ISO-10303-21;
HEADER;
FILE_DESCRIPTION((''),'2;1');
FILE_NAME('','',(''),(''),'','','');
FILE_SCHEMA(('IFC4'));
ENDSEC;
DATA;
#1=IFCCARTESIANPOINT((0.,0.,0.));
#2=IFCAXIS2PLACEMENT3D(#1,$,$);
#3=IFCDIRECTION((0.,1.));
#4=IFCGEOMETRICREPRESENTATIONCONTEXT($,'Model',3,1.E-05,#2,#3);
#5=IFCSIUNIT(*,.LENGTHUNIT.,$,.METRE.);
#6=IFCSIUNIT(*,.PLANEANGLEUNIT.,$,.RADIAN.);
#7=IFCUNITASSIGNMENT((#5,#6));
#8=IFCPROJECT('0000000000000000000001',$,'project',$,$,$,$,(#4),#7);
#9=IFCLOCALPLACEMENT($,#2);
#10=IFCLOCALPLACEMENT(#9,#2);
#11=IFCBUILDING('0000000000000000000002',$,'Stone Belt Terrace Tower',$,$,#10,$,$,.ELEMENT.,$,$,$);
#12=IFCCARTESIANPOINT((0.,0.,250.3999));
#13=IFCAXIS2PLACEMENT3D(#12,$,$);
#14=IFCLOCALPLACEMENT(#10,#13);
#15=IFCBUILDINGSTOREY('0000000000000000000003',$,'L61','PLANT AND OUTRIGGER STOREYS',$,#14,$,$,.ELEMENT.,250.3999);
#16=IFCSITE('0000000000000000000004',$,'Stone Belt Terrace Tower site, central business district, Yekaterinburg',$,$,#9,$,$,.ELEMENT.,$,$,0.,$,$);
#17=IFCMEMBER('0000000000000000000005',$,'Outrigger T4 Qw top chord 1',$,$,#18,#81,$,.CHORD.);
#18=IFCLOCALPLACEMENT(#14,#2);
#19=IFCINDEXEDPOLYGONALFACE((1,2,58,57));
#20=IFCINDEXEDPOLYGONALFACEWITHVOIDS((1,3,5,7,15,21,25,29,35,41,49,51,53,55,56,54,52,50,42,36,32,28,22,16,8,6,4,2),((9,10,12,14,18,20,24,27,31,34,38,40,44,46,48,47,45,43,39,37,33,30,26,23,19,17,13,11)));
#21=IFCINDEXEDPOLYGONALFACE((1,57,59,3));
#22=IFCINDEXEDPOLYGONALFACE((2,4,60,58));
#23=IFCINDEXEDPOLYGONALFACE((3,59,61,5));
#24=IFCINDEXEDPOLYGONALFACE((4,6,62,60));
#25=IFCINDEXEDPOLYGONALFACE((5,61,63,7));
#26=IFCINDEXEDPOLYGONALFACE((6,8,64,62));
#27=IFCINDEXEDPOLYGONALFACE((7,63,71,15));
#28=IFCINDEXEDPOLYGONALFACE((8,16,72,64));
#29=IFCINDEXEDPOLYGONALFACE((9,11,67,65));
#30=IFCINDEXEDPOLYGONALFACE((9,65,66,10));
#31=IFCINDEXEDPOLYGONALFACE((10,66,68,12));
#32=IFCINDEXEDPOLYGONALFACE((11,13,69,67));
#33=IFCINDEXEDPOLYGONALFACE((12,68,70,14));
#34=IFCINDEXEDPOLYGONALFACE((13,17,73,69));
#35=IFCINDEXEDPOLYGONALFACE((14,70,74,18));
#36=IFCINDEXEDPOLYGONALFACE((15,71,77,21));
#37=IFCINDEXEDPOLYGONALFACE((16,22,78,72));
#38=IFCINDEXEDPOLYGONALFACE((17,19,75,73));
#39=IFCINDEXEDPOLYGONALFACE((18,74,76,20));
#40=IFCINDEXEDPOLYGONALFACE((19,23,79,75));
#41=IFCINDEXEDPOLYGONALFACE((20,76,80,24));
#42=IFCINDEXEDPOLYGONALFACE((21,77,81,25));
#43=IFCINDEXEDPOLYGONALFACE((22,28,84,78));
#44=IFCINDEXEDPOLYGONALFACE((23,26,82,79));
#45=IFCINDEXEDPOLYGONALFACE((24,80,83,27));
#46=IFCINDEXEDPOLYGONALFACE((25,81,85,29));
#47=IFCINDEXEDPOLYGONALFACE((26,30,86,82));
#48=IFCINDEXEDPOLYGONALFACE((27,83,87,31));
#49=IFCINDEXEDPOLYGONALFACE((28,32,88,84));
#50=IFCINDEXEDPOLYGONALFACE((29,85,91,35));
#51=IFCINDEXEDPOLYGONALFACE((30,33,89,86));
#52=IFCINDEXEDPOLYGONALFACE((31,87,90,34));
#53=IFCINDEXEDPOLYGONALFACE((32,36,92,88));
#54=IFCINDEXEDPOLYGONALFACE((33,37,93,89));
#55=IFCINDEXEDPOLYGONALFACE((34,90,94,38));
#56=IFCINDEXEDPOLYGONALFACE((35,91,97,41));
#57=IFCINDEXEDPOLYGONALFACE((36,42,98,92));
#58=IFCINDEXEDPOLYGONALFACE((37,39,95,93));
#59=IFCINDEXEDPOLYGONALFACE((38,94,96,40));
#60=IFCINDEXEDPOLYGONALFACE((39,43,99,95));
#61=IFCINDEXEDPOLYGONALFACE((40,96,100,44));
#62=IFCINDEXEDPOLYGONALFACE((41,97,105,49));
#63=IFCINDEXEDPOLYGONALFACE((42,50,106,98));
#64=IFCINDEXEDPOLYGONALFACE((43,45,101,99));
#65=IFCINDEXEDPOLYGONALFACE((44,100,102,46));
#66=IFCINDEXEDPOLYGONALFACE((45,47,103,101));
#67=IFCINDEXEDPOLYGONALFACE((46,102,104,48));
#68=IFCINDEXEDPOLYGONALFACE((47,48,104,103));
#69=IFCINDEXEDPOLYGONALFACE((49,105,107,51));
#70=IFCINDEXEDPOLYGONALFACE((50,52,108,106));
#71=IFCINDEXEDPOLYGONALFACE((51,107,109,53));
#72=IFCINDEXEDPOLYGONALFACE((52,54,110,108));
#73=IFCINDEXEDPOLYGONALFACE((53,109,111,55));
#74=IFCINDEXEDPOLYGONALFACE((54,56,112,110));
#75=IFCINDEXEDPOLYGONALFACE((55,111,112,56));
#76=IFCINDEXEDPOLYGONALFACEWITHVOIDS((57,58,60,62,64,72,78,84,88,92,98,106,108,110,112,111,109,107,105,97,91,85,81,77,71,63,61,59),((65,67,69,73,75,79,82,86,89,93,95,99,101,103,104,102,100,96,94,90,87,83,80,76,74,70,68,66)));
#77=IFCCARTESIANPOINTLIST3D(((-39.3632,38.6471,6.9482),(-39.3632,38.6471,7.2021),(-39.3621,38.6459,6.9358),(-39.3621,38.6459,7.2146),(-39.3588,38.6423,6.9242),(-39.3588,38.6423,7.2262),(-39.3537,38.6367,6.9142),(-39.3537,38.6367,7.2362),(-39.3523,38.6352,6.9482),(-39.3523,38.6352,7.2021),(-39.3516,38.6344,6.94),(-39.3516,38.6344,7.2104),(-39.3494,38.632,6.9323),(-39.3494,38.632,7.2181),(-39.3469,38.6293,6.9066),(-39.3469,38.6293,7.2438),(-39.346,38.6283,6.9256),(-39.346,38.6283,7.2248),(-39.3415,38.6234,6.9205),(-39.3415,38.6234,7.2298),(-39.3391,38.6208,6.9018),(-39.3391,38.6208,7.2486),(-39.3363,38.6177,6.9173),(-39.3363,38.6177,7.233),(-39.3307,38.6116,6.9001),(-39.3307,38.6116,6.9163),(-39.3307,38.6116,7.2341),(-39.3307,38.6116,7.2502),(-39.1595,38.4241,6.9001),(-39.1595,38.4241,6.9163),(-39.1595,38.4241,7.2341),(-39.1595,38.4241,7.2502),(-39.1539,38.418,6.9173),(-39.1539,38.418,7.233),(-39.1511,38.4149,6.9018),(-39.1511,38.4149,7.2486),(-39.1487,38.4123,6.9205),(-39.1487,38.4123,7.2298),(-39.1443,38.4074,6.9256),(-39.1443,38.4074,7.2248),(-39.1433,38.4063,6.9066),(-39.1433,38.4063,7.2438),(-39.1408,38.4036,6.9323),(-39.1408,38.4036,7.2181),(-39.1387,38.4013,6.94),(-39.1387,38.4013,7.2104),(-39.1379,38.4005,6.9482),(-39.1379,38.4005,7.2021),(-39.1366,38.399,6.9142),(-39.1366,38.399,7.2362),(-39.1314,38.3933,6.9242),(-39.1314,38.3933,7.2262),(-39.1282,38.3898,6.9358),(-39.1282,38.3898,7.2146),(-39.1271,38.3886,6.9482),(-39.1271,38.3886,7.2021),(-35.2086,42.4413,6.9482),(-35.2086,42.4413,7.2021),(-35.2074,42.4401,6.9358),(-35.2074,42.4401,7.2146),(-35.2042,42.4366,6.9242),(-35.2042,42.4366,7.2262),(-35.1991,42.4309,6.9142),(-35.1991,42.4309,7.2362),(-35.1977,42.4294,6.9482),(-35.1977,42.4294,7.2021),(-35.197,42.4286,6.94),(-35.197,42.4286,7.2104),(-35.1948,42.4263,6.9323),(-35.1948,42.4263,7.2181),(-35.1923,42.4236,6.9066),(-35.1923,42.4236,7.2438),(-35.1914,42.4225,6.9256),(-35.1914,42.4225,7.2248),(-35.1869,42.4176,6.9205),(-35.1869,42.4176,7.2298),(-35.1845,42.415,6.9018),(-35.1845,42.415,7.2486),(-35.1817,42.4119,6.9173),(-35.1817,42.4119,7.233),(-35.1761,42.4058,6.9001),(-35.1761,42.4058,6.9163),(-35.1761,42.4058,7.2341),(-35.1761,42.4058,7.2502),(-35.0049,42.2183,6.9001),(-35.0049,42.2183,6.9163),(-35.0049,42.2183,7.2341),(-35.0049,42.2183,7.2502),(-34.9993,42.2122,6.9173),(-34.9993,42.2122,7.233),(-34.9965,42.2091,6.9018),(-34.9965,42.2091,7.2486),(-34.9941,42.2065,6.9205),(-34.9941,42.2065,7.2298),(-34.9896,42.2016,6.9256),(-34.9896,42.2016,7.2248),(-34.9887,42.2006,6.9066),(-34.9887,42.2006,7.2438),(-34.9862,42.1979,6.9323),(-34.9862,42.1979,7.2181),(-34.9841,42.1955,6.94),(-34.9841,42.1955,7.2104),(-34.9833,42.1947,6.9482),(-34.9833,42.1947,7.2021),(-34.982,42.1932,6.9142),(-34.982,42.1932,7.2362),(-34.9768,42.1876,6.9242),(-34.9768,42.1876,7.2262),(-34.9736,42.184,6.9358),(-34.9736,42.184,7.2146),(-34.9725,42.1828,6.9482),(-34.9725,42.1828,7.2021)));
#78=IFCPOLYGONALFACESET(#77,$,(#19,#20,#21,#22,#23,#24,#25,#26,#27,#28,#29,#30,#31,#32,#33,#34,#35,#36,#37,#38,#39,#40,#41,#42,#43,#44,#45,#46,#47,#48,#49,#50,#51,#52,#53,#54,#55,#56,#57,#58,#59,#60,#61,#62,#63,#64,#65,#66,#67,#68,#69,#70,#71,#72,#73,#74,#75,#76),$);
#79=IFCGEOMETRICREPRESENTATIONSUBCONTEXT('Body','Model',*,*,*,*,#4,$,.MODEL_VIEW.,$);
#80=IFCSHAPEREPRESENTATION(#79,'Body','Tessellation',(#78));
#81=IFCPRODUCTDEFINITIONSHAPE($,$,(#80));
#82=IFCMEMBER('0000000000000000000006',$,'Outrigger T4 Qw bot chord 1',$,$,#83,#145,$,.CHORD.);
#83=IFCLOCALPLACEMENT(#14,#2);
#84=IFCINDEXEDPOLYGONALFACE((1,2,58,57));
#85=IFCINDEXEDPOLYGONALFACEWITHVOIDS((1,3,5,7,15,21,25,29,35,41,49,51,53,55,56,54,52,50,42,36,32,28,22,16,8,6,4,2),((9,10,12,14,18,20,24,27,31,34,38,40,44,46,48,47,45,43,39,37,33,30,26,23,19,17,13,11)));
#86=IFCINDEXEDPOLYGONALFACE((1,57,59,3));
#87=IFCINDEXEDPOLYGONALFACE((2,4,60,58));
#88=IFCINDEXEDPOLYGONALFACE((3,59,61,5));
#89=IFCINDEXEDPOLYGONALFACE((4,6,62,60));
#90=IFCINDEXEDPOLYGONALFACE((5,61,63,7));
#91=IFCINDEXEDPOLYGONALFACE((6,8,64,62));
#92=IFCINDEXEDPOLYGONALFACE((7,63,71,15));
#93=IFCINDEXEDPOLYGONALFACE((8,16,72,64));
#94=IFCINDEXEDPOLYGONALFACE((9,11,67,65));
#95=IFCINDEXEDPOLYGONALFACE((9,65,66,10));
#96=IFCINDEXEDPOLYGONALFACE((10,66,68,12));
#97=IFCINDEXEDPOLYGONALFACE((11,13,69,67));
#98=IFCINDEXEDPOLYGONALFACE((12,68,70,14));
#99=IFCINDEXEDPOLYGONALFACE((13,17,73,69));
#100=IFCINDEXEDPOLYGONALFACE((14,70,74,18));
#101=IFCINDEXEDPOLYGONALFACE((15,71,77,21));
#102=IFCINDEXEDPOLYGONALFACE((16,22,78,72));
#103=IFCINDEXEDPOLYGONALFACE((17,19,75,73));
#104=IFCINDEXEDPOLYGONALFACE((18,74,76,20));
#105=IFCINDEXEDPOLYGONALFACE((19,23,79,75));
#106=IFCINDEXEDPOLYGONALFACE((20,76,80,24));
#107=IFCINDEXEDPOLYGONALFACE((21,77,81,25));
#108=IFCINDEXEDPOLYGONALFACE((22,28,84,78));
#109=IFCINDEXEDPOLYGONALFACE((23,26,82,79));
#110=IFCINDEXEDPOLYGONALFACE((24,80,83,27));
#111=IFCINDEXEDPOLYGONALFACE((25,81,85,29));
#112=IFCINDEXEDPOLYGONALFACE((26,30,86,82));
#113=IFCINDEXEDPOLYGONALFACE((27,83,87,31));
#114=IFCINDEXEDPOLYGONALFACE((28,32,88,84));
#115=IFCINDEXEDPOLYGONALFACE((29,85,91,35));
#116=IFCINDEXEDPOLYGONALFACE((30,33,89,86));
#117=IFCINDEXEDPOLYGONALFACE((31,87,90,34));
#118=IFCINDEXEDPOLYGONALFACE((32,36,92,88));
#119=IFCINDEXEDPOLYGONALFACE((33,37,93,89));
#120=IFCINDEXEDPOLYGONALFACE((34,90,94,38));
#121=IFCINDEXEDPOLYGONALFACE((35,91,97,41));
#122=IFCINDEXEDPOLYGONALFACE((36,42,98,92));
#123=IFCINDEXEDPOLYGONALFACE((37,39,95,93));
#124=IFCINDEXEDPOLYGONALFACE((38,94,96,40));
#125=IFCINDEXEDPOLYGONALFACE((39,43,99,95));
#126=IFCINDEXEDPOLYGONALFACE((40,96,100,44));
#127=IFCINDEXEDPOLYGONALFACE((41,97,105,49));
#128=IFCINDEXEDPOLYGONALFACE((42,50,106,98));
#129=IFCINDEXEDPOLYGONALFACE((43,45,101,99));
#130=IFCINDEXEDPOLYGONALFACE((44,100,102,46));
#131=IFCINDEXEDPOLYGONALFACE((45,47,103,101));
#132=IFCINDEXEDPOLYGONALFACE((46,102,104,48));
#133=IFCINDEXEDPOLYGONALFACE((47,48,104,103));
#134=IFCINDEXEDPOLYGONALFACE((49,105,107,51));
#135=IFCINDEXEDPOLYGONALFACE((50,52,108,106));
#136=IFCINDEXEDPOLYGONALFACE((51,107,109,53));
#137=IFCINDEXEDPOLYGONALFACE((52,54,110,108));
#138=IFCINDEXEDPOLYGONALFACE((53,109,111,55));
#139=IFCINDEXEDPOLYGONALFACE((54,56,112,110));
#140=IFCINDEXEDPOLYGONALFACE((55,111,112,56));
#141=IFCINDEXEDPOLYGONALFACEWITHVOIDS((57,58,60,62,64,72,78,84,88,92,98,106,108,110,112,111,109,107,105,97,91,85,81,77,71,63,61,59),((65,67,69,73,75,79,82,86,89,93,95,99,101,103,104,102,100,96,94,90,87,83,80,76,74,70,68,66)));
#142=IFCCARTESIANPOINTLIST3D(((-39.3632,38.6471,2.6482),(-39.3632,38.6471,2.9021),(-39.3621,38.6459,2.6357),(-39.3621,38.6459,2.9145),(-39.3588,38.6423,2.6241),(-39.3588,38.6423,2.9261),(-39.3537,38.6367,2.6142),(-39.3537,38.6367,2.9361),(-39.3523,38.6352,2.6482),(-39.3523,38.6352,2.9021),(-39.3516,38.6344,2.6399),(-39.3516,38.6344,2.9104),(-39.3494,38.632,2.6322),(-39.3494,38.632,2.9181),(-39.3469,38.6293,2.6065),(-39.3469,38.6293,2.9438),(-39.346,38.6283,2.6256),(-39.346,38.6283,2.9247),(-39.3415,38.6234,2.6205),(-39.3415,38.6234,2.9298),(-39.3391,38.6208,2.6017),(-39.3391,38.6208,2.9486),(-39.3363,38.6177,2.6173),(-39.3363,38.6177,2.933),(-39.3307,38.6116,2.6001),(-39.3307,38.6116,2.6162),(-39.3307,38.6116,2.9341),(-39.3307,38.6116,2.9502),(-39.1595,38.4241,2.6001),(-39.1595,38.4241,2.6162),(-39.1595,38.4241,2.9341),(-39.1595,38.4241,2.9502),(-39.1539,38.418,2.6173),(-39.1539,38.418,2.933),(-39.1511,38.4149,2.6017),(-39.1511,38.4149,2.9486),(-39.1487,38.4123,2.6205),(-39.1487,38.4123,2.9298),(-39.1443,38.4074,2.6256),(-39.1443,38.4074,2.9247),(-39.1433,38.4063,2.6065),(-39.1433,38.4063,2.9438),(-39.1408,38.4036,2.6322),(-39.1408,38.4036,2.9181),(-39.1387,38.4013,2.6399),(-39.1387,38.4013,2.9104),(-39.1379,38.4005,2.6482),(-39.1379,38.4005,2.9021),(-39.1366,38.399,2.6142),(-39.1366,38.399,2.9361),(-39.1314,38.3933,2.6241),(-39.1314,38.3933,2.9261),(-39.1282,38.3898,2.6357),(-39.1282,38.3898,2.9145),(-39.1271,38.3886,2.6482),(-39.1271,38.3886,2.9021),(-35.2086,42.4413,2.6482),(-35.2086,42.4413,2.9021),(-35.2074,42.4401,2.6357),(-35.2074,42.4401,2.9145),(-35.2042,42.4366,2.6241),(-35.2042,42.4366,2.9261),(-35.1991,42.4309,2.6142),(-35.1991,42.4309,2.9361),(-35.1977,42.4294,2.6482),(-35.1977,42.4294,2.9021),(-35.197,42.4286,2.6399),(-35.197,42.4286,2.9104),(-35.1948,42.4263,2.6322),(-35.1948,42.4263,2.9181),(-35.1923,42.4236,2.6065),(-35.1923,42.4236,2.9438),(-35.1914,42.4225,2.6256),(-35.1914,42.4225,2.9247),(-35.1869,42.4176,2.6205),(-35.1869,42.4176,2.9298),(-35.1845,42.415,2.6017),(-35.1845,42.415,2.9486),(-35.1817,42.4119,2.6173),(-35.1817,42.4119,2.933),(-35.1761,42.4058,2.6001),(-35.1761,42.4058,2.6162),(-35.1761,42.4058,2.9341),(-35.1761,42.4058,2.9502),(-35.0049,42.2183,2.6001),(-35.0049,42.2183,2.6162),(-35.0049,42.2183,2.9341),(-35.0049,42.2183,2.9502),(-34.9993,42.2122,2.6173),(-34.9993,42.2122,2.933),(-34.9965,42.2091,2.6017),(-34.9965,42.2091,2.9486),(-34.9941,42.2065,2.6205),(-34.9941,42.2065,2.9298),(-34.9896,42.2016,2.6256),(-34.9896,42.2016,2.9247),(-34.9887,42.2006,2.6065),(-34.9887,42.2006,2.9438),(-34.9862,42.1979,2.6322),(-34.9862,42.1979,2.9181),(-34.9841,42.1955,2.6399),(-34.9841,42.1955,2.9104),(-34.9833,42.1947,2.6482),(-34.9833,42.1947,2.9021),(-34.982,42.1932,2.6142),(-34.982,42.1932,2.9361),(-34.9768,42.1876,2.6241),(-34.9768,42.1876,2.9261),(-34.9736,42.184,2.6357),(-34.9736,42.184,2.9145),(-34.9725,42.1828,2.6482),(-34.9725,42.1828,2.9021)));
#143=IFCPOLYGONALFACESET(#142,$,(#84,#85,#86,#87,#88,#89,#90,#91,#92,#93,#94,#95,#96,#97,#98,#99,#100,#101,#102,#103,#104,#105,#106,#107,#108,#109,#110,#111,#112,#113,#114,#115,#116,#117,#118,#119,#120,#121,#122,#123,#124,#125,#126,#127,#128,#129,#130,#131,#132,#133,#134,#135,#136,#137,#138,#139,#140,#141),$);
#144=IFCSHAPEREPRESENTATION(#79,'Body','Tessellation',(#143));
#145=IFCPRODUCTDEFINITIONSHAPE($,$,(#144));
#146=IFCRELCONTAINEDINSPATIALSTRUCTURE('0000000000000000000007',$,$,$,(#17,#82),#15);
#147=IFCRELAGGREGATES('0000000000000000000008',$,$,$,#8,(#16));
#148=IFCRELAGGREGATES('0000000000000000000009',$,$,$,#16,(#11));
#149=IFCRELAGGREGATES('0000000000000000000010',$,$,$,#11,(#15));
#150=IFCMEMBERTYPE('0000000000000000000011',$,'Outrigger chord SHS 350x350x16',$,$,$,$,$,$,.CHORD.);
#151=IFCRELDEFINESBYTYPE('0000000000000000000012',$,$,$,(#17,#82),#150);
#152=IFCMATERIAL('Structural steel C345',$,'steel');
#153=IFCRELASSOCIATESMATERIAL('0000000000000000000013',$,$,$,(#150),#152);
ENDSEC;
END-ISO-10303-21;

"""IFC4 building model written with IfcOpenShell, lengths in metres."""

from ifc_helpers import new_model, si_unit, direction, frame, origin, origin_2d, place, context, subcontext, project, spatial, hollow_rectangle, extrude, material, material_profile, profile_set, type_object, element, save


model = new_model("IFC4")

# Units and contexts
model_context = context("Model", 3, precision=1e-05, world=origin(), true_north=direction((0.0, 1.0)))
body_context = subcontext(model_context, "Body", "Model", "MODEL_VIEW")
ifc_project = project(units=[si_unit("LENGTHUNIT", "METRE"), si_unit("PLANEANGLEUNIT", "RADIAN")], contexts=[model_context])

# Site, building, storey
site_placement = place(None, origin())
site = spatial("IfcSite", under=ifc_project, at=site_placement, Name="Stone Belt Terrace Tower site, central business district, Yekaterinburg", CompositionType="ELEMENT", RefElevation=0.0)
building_placement = place(site_placement, origin())
building = spatial("IfcBuilding", under=site, at=building_placement, Name="Stone Belt Terrace Tower", CompositionType="ELEMENT")
storey_placement = place(building_placement, frame((0.0, 0.0, 250.3999)))
storey = spatial("IfcBuildingStorey", under=building, at=storey_placement, Name="L61", Description="PLANT AND OUTRIGGER STOREYS", CompositionType="ELEMENT", Elevation=250.3999)

# Members
ifc_material_1 = material(Name="Structural steel C345", Category="steel")
ifc_material_profile_1 = material_profile(ifc_material_1, hollow_rectangle(XDim=0.3501, YDim=0.3501, WallThickness=0.0161, InnerFilletRadius=0.032, OuterFilletRadius=0.0481, at=origin_2d()), Name="SHS 350x350x16")
ifc_profile_set_1 = profile_set([ifc_material_profile_1], Name="Structural steel C345")
member_type_1 = type_object("IfcMemberType", Name="Outrigger chord SHS 350x350x16", PredefinedType="CHORD", material=ifc_profile_set_1)
for number, where, z_axis, x_axis, name in (
    (1, (-39.2451, 38.5178, 7.0752), (0.738405, 0.674358, 0.0), (-0.674358, 0.738405, 0.0), "Outrigger T4 Qw top chord 1"),
    (2, (-39.2451, 38.5178, 2.7751), (0.738405, 0.674358, 0.0), (-0.674358, 0.738405, 0.0), "Outrigger T4 Qw bot chord 1"),
):
    element("IfcMember", number, at=place(storey_placement, frame(where, z_axis=z_axis, x_axis=x_axis)), inside=storey, type_object=member_type_1, Name=name, PredefinedType="CHORD", context=body_context, shape_type="SweptSolid", body=[
        extrude(hollow_rectangle(XDim=0.3501, YDim=0.3501, WallThickness=0.0161, InnerFilletRadius=0.032, OuterFilletRadius=0.0481, at=origin_2d()), origin(), (0.0, 0.0, 1.0), 5.6265),
    ])

save(model, "model.ifc")
